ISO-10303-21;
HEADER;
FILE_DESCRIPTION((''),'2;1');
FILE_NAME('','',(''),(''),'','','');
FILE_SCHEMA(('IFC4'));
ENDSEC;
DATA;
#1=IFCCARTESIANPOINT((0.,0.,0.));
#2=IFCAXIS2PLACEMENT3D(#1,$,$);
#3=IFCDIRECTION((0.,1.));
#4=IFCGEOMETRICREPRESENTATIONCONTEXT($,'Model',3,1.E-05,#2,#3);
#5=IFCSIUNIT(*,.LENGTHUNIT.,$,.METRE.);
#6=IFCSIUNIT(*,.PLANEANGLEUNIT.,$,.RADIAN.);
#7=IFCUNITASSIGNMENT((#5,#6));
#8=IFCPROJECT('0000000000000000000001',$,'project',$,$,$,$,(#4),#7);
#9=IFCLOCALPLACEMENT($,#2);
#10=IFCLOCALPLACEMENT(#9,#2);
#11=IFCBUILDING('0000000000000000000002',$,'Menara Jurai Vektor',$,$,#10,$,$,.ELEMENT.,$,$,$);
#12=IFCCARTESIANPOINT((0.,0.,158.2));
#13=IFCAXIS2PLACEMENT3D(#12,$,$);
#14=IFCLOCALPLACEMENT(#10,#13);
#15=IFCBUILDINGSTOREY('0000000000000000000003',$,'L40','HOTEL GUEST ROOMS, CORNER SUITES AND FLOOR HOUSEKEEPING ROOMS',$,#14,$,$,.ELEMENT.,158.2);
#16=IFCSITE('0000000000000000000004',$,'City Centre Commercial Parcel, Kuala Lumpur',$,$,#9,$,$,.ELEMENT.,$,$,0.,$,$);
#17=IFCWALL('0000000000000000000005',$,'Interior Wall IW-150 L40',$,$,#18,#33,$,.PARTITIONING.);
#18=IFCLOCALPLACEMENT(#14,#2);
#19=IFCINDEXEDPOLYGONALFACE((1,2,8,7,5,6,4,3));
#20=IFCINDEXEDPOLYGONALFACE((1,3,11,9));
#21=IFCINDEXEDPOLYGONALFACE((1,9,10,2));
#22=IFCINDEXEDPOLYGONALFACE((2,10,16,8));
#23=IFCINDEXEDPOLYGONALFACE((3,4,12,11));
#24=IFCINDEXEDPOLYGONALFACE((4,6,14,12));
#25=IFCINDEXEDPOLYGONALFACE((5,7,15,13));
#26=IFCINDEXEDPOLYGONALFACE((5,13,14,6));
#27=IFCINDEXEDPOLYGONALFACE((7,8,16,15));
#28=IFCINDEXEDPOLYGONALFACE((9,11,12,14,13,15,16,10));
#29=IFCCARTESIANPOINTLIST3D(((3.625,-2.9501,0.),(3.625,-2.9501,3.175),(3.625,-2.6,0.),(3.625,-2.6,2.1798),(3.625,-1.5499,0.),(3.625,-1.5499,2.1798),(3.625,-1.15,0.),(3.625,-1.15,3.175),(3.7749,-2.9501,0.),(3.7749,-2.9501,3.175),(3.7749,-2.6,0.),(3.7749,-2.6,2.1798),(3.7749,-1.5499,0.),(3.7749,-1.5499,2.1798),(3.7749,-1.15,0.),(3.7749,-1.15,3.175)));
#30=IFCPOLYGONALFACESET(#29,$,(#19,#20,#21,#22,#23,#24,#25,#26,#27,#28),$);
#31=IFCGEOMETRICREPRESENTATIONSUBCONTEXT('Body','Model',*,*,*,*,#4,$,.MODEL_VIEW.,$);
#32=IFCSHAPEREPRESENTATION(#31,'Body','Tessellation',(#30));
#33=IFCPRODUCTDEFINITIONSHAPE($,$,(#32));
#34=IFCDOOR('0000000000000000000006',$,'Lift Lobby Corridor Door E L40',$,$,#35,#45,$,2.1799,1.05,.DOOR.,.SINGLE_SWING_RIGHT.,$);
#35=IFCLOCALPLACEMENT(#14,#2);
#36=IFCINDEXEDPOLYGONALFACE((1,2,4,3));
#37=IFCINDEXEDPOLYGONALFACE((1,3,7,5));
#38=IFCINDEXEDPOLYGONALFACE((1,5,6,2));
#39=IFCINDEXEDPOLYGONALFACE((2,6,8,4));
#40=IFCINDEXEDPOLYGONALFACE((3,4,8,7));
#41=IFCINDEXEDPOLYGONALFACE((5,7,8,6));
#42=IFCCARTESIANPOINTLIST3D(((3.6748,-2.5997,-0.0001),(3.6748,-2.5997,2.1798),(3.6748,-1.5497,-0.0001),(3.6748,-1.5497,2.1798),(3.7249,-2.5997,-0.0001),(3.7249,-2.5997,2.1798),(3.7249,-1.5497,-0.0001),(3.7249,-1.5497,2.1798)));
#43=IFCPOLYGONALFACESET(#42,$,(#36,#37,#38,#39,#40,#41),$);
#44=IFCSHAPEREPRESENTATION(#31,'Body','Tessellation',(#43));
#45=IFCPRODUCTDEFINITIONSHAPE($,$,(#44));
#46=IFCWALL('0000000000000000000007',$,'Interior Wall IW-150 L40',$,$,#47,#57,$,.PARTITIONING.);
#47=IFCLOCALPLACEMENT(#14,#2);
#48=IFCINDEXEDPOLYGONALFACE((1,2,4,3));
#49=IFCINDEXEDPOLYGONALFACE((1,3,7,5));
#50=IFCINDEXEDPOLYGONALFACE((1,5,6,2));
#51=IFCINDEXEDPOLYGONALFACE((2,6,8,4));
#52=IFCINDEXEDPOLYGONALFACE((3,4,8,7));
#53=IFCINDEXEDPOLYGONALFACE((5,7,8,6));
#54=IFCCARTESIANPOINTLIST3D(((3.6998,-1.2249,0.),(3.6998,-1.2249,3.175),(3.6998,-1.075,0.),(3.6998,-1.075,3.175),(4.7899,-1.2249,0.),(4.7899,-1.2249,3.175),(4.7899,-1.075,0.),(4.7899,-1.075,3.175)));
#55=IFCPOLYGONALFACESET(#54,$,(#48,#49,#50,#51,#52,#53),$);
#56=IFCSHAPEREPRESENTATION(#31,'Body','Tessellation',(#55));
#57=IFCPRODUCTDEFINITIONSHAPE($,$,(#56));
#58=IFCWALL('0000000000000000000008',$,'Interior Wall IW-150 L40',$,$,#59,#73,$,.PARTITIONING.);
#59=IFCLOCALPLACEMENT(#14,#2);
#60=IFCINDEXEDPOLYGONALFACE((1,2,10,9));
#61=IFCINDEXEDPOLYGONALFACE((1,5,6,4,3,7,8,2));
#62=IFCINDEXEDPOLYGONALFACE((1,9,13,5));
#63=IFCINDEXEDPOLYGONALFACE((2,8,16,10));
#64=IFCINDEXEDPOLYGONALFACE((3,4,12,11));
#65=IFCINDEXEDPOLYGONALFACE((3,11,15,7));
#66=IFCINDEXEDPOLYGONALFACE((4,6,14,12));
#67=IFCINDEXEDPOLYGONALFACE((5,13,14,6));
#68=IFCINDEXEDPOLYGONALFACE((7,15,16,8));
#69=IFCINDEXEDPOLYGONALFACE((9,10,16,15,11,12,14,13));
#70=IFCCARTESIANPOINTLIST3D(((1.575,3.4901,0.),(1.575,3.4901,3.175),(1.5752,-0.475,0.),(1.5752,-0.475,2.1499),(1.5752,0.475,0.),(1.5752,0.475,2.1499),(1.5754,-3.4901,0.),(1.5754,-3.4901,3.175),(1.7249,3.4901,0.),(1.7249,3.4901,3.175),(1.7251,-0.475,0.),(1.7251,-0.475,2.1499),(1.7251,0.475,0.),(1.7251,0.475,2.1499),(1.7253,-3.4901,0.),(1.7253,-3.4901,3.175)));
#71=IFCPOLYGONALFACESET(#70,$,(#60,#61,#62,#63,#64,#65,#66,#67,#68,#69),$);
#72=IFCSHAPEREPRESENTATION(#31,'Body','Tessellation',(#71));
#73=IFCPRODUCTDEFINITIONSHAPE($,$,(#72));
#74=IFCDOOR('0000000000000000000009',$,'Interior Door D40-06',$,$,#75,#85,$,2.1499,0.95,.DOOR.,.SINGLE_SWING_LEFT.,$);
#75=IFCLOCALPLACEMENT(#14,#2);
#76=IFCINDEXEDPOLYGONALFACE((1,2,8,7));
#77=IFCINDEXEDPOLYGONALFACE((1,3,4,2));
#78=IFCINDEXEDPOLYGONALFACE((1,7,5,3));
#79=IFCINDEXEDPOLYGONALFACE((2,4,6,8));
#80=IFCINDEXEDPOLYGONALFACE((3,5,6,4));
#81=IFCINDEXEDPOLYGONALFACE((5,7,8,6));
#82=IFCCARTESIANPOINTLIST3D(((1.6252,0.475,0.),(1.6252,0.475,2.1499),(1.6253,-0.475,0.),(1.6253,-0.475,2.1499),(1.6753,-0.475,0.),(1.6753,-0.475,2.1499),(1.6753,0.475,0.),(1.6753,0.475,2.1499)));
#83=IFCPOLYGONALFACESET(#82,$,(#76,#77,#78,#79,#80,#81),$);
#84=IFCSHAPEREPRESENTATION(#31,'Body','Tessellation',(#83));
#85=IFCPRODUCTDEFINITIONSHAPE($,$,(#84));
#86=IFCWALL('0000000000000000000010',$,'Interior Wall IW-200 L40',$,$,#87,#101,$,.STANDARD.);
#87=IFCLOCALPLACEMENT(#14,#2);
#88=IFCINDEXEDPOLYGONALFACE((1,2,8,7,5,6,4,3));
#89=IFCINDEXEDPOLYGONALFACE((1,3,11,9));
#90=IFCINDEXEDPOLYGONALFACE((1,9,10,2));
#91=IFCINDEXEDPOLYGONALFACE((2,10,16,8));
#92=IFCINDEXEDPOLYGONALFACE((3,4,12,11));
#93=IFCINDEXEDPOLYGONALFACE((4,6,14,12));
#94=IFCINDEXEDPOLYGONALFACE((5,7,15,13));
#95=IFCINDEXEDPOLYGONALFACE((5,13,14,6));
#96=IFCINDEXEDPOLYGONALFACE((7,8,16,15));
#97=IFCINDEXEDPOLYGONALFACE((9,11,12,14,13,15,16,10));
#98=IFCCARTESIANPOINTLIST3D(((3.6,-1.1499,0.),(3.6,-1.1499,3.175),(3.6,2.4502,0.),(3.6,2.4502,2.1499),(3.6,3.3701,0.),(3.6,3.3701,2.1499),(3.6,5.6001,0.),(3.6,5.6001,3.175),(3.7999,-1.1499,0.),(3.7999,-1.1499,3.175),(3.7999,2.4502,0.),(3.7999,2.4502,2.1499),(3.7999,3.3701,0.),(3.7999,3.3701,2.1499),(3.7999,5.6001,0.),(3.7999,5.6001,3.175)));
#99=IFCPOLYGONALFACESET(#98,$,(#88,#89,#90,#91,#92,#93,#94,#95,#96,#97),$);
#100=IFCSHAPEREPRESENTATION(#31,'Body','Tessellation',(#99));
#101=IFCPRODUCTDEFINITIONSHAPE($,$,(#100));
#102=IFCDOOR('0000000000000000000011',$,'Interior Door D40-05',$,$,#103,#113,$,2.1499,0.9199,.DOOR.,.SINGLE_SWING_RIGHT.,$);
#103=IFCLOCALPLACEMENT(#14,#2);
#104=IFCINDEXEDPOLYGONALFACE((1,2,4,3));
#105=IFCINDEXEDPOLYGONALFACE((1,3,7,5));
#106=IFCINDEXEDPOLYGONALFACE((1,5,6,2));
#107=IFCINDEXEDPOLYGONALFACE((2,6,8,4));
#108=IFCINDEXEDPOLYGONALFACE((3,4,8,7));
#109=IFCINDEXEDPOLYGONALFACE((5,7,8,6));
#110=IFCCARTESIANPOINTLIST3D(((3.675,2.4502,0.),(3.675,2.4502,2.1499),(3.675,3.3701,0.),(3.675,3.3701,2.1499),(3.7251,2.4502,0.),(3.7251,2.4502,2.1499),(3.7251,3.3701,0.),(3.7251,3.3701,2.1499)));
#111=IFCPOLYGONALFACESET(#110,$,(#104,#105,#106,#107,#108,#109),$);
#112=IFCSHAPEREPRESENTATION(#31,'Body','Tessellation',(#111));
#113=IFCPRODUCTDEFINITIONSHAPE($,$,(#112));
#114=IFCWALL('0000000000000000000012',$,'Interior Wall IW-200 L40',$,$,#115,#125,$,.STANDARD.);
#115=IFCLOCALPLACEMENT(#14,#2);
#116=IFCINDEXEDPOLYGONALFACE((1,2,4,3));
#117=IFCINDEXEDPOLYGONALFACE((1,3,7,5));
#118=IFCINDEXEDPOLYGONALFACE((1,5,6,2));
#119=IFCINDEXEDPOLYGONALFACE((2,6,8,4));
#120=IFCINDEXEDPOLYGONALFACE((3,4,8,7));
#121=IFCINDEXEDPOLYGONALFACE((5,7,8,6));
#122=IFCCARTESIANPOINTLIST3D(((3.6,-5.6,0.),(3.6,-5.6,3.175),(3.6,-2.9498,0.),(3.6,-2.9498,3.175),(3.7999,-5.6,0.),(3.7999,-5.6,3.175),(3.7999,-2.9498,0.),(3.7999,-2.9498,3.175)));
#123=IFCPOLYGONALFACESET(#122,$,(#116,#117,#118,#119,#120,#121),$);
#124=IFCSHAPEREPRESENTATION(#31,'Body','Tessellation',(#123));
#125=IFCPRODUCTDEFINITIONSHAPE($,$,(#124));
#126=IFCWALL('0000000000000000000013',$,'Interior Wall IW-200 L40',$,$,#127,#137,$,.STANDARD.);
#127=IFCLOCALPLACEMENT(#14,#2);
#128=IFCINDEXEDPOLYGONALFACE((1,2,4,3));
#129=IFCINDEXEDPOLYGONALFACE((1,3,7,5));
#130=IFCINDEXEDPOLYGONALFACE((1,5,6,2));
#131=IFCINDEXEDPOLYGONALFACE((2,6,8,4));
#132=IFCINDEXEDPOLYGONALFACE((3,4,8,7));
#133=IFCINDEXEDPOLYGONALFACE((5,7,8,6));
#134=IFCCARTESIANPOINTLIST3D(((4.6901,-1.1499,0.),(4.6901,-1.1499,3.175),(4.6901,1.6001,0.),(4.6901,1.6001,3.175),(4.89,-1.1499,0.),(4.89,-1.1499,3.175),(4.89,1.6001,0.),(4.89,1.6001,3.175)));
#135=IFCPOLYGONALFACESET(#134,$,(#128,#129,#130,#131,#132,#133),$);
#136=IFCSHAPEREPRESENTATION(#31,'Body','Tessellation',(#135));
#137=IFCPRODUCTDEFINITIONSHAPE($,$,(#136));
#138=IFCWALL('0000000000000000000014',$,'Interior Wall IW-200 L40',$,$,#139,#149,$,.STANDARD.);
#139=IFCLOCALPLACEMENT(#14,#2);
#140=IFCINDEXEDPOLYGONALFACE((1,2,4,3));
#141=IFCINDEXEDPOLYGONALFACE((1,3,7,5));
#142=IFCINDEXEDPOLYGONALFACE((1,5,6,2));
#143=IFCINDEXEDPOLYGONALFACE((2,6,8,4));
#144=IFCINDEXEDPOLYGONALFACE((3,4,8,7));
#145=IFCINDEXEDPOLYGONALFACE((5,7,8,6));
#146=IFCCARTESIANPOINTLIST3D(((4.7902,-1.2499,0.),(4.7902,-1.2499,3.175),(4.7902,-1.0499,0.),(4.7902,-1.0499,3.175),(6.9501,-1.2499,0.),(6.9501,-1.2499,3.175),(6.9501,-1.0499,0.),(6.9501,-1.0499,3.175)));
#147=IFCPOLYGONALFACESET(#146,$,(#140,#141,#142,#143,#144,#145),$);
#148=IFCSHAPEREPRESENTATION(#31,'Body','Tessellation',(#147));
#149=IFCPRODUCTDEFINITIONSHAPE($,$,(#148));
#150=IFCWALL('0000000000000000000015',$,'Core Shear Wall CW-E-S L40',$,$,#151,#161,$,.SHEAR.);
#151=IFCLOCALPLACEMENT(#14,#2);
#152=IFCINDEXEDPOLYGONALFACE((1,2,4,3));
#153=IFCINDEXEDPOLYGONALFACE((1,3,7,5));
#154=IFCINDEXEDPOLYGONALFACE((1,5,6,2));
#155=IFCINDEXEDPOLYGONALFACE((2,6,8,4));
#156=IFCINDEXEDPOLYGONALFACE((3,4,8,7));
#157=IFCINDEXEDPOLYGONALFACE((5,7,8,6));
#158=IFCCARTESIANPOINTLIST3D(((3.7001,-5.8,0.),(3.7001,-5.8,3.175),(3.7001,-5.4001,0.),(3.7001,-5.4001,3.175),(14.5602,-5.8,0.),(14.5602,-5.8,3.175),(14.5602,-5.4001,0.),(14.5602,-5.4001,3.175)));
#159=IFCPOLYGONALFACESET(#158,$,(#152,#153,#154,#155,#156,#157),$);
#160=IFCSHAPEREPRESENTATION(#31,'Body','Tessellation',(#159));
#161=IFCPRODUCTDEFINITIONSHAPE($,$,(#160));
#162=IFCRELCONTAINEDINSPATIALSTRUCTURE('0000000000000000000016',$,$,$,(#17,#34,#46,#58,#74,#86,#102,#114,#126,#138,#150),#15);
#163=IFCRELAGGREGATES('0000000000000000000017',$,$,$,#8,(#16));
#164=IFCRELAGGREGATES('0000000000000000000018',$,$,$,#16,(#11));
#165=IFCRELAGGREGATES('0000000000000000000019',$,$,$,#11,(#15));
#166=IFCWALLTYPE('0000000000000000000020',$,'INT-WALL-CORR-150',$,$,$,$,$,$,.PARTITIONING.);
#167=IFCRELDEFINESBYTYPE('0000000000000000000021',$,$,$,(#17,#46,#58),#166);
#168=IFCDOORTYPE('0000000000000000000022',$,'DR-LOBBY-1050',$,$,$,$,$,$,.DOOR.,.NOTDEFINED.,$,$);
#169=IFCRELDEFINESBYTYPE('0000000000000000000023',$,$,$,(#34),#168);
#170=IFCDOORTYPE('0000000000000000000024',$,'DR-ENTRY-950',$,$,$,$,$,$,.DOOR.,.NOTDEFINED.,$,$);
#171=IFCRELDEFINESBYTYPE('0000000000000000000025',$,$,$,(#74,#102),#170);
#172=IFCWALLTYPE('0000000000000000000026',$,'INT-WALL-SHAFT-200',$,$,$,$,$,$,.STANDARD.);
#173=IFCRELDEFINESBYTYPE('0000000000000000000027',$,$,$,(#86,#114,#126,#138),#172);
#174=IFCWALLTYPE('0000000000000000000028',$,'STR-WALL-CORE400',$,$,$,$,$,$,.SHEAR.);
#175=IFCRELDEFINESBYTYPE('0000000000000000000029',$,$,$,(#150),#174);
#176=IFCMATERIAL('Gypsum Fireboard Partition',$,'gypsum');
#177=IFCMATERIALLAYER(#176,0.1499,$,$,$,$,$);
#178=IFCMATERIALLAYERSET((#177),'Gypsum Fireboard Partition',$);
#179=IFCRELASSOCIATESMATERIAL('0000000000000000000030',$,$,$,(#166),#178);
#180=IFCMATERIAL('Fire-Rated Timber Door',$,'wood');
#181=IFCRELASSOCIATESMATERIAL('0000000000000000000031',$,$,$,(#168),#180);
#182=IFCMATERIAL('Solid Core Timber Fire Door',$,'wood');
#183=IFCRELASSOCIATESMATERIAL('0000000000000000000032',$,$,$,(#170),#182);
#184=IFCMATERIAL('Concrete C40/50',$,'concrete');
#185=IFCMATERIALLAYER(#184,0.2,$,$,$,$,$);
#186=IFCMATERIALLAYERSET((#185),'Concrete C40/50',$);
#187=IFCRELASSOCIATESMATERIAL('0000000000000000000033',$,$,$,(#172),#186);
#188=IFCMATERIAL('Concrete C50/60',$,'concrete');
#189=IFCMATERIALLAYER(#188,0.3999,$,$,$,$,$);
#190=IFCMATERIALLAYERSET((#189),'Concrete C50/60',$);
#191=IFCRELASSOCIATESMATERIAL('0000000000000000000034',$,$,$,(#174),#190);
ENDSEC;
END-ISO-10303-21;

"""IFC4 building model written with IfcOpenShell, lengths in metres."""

from ifc_helpers import new_model, si_unit, direction, frame, frame_2d, origin, place, context, subcontext, project, spatial, rectangle, extrude, material, layer, layer_set, type_object, element, fill, save


model = new_model("IFC4")

# Units and contexts
model_context = context("Model", 3, precision=1e-05, world=origin(), true_north=direction((0.0, 1.0)))
body_context = subcontext(model_context, "Body", "Model", "MODEL_VIEW")
ifc_project = project(units=[si_unit("LENGTHUNIT", "METRE"), si_unit("PLANEANGLEUNIT", "RADIAN")], contexts=[model_context])

# Site, building, storey
site_placement = place(None, origin())
site = spatial("IfcSite", under=ifc_project, at=site_placement, Name="City Centre Commercial Parcel, Kuala Lumpur", CompositionType="ELEMENT", RefElevation=0.0)
building_placement = place(site_placement, origin())
building = spatial("IfcBuilding", under=site, at=building_placement, Name="Menara Jurai Vektor", CompositionType="ELEMENT")
storey_placement = place(building_placement, frame((0.0, 0.0, 158.2)))
storey = spatial("IfcBuildingStorey", under=building, at=storey_placement, Name="L40", Description="HOTEL GUEST ROOMS, CORNER SUITES AND FLOOR HOUSEKEEPING ROOMS", CompositionType="ELEMENT", Elevation=158.2)

# Shared definitions
ifc_material_1 = material(Name="Concrete C50/60", Category="concrete")

# Shared definitions
ifc_material_2 = material(Name="Concrete C40/50", Category="concrete")

# Wall, opening, door
ifc_material_3 = material(Name="Gypsum Fireboard Partition", Category="gypsum")
ifc_layer_1 = layer(ifc_material_3, 0.1499)
ifc_layer_set_1 = layer_set([ifc_layer_1], Name="Gypsum Fireboard Partition")
wall_type_1 = type_object("IfcWallType", Name="INT-WALL-CORR-150", PredefinedType="PARTITIONING", material=ifc_layer_set_1)
wall_1_placement = place(storey_placement, frame((3.7, -2.95, 0.0), z_axis=(0.0, 0.0, 1.0), x_axis=(0.0, 1.0, 0.0)))
wall_1 = element("IfcWall", 1, at=wall_1_placement, inside=storey, type_object=wall_type_1, Name="Interior Wall IW-150 L40", PredefinedType="PARTITIONING", context=body_context, shape_type="SweptSolid", body=[
    extrude(rectangle(XDim=1.8, YDim=0.1499, at=frame_2d((0.8999, 0.0))), origin(), (0.0, 0.0, 1.0), 3.175),
])
opening_1_placement = place(wall_1_placement, frame((0.3501, 0.0, 0.0)))
opening_1 = element("IfcOpeningElement", 2, at=opening_1_placement, cuts=wall_1, PredefinedType="OPENING", context=body_context, shape_type="SweptSolid", body=[
    extrude(rectangle(XDim=1.05, YDim=2.1799, at=frame_2d((0.5249, 1.0898))), frame((0.0, 0.085, 0.0), z_axis=(0.0, -1.0, 0.0), x_axis=(1.0, 0.0, 0.0)), (0.0, 0.0, 1.0), 0.1699),
])
ifc_material_4 = material(Name="Fire-Rated Timber Door", Category="wood")
door_type_1 = type_object("IfcDoorType", Name="DR-LOBBY-1050", OperationType="NOTDEFINED", PredefinedType="DOOR", material=ifc_material_4)
door_1_placement = place(opening_1_placement, frame((1.05, 0.0, 0.0), z_axis=(0.0, 0.0, 1.0), x_axis=(-1.0, 0.0, 0.0)))
door_1 = element("IfcDoor", 3, at=door_1_placement, inside=storey, type_object=door_type_1, Name="Lift Lobby Corridor Door E L40", OperationType="SINGLE_SWING_RIGHT", OverallHeight=2.1799, OverallWidth=1.05, PredefinedType="DOOR", context=body_context, shape_type="SweptSolid", body=[
    extrude(rectangle(XDim=1.05, YDim=2.1799, at=frame_2d((0.5249, 1.0898))), frame((0.0, 0.0249, 0.0), z_axis=(0.0, -1.0, 0.0), x_axis=(1.0, 0.0, 0.0)), (0.0, 0.0, 1.0), 0.05),
])
fill(opening_1, door_1)

# Wall
wall_2_placement = place(storey_placement, frame((3.7, -1.1499, 0.0), z_axis=(0.0, 0.0, 1.0), x_axis=(1.0, 0.0, 0.0)))
element("IfcWall", 4, at=wall_2_placement, inside=storey, type_object=wall_type_1, Name="Interior Wall IW-150 L40", PredefinedType="PARTITIONING", context=body_context, shape_type="SweptSolid", body=[
    extrude(rectangle(XDim=1.0901, YDim=0.1499, at=frame_2d((0.5449, 0.0))), origin(), (0.0, 0.0, 1.0), 3.175),
])

# Walls, openings, doors
wall_3_placement = place(storey_placement, frame((1.6504, -3.4902, 0.0), z_axis=(0.0, 0.0, 1.0), x_axis=(-0.00007, 1.0, 0.0)))
wall_3 = element("IfcWall", 5, at=wall_3_placement, inside=storey, type_object=wall_type_1, Name="Interior Wall IW-150 L40", PredefinedType="PARTITIONING", context=body_context, shape_type="SweptSolid", body=[
    extrude(rectangle(XDim=6.9802, YDim=0.1499, at=frame_2d((3.4902, 0.0))), origin(), (0.0, 0.0, 1.0), 3.175),
])
opening_2_placement = place(wall_3_placement, frame((3.0151, 0.0, 0.0)))
opening_2 = element("IfcOpeningElement", 6, at=opening_2_placement, cuts=wall_3, PredefinedType="OPENING", context=body_context, shape_type="SweptSolid", body=[
    extrude(rectangle(XDim=0.95, YDim=2.1499, at=frame_2d((0.4751, 1.075))), frame((0.0, 0.085, 0.0), z_axis=(0.0, -1.0, 0.0), x_axis=(1.0, 0.0, 0.0)), (0.0, 0.0, 1.0), 0.1699),
])
ifc_material_5 = material(Name="Solid Core Timber Fire Door", Category="wood")
door_type_2 = type_object("IfcDoorType", Name="DR-ENTRY-950", OperationType="NOTDEFINED", PredefinedType="DOOR", material=ifc_material_5)
door_2_placement = place(opening_2_placement, origin())
door_2 = element("IfcDoor", 7, at=door_2_placement, inside=storey, type_object=door_type_2, Name="Interior Door D40-06", OperationType="SINGLE_SWING_LEFT", OverallHeight=2.1499, OverallWidth=0.95, PredefinedType="DOOR", context=body_context, shape_type="SweptSolid", body=[
    extrude(rectangle(XDim=0.95, YDim=2.1499, at=frame_2d((0.4751, 1.075))), frame((0.0, 0.0249, 0.0), z_axis=(0.0, -1.0, 0.0), x_axis=(1.0, 0.0, 0.0)), (0.0, 0.0, 1.0), 0.05),
])
fill(opening_2, door_2)
ifc_layer_2 = layer(ifc_material_2, 0.2)
ifc_layer_set_2 = layer_set([ifc_layer_2], Name="Concrete C40/50")
wall_type_2 = type_object("IfcWallType", Name="INT-WALL-SHAFT-200", PredefinedType="STANDARD", material=ifc_layer_set_2)
wall_4_placement = place(storey_placement, frame((3.7, -1.1499, 0.0), z_axis=(0.0, 0.0, 1.0), x_axis=(0.0, 1.0, 0.0)))
wall_4 = element("IfcWall", 8, at=wall_4_placement, inside=storey, type_object=wall_type_2, Name="Interior Wall IW-200 L40", PredefinedType="STANDARD", context=body_context, shape_type="SweptSolid", body=[
    extrude(rectangle(XDim=6.75, YDim=0.2, at=frame_2d((3.375, 0.0))), origin(), (0.0, 0.0, 1.0), 3.175),
])
opening_3_placement = place(wall_4_placement, frame((3.6001, 0.0, 0.0)))
opening_3 = element("IfcOpeningElement", 9, at=opening_3_placement, cuts=wall_4, PredefinedType="OPENING", context=body_context, shape_type="SweptSolid", body=[
    extrude(rectangle(XDim=0.9199, YDim=2.1499, at=frame_2d((0.46, 1.075))), frame((0.0, 0.1099, 0.0), z_axis=(0.0, -1.0, 0.0), x_axis=(1.0, 0.0, 0.0)), (0.0, 0.0, 1.0), 0.22),
])
door_3_placement = place(opening_3_placement, origin())
door_3 = element("IfcDoor", 10, at=door_3_placement, inside=storey, type_object=door_type_2, Name="Interior Door D40-05", OperationType="SINGLE_SWING_RIGHT", OverallHeight=2.1499, OverallWidth=0.9199, PredefinedType="DOOR", context=body_context, shape_type="SweptSolid", body=[
    extrude(rectangle(XDim=0.9199, YDim=2.1499, at=frame_2d((0.46, 1.075))), frame((0.0, 0.0249, 0.0), z_axis=(0.0, -1.0, 0.0), x_axis=(1.0, 0.0, 0.0)), (0.0, 0.0, 1.0), 0.05),
])
fill(opening_3, door_3)

# Walls
wall_5_placement = place(storey_placement, frame((3.7, -5.6001, 0.0), z_axis=(0.0, 0.0, 1.0), x_axis=(0.0, 1.0, 0.0)))
element("IfcWall", 11, at=wall_5_placement, inside=storey, type_object=wall_type_2, Name="Interior Wall IW-200 L40", PredefinedType="STANDARD", context=body_context, shape_type="SweptSolid", body=[
    extrude(rectangle(XDim=2.6501, YDim=0.2, at=frame_2d((1.3252, 0.0))), origin(), (0.0, 0.0, 1.0), 3.175),
])
wall_6_placement = place(storey_placement, frame((4.79, -1.1499, 0.0), z_axis=(0.0, 0.0, 1.0), x_axis=(0.0, 1.0, 0.0)))
element("IfcWall", 12, at=wall_6_placement, inside=storey, type_object=wall_type_2, Name="Interior Wall IW-200 L40", PredefinedType="STANDARD", context=body_context, shape_type="SweptSolid", body=[
    extrude(rectangle(XDim=2.75, YDim=0.2, at=frame_2d((1.375, 0.0))), origin(), (0.0, 0.0, 1.0), 3.175),
])
wall_7_placement = place(storey_placement, frame((4.79, -1.1499, 0.0), z_axis=(0.0, 0.0, 1.0), x_axis=(1.0, 0.0, 0.0)))
element("IfcWall", 13, at=wall_7_placement, inside=storey, type_object=wall_type_2, Name="Interior Wall IW-200 L40", PredefinedType="STANDARD", context=body_context, shape_type="SweptSolid", body=[
    extrude(rectangle(XDim=2.1599, YDim=0.2, at=frame_2d((1.0801, 0.0))), origin(), (0.0, 0.0, 1.0), 3.175),
])

# Wall
ifc_layer_3 = layer(ifc_material_1, 0.3999)
ifc_layer_set_3 = layer_set([ifc_layer_3], Name="Concrete C50/60")
wall_type_3 = type_object("IfcWallType", Name="STR-WALL-CORE400", PredefinedType="SHEAR", material=ifc_layer_set_3)
wall_8_placement = place(storey_placement, frame((3.7, -5.6001, 0.0), z_axis=(0.0, 0.0, 1.0), x_axis=(1.0, 0.0, 0.0)))
element("IfcWall", 14, at=wall_8_placement, inside=storey, type_object=wall_type_3, Name="Core Shear Wall CW-E-S L40", PredefinedType="SHEAR", context=body_context, shape_type="SweptSolid", body=[
    extrude(rectangle(XDim=10.8601, YDim=0.3999, at=frame_2d((5.4302, 0.0))), origin(), (0.0, 0.0, 1.0), 3.175),
])

save(model, "model.ifc")
